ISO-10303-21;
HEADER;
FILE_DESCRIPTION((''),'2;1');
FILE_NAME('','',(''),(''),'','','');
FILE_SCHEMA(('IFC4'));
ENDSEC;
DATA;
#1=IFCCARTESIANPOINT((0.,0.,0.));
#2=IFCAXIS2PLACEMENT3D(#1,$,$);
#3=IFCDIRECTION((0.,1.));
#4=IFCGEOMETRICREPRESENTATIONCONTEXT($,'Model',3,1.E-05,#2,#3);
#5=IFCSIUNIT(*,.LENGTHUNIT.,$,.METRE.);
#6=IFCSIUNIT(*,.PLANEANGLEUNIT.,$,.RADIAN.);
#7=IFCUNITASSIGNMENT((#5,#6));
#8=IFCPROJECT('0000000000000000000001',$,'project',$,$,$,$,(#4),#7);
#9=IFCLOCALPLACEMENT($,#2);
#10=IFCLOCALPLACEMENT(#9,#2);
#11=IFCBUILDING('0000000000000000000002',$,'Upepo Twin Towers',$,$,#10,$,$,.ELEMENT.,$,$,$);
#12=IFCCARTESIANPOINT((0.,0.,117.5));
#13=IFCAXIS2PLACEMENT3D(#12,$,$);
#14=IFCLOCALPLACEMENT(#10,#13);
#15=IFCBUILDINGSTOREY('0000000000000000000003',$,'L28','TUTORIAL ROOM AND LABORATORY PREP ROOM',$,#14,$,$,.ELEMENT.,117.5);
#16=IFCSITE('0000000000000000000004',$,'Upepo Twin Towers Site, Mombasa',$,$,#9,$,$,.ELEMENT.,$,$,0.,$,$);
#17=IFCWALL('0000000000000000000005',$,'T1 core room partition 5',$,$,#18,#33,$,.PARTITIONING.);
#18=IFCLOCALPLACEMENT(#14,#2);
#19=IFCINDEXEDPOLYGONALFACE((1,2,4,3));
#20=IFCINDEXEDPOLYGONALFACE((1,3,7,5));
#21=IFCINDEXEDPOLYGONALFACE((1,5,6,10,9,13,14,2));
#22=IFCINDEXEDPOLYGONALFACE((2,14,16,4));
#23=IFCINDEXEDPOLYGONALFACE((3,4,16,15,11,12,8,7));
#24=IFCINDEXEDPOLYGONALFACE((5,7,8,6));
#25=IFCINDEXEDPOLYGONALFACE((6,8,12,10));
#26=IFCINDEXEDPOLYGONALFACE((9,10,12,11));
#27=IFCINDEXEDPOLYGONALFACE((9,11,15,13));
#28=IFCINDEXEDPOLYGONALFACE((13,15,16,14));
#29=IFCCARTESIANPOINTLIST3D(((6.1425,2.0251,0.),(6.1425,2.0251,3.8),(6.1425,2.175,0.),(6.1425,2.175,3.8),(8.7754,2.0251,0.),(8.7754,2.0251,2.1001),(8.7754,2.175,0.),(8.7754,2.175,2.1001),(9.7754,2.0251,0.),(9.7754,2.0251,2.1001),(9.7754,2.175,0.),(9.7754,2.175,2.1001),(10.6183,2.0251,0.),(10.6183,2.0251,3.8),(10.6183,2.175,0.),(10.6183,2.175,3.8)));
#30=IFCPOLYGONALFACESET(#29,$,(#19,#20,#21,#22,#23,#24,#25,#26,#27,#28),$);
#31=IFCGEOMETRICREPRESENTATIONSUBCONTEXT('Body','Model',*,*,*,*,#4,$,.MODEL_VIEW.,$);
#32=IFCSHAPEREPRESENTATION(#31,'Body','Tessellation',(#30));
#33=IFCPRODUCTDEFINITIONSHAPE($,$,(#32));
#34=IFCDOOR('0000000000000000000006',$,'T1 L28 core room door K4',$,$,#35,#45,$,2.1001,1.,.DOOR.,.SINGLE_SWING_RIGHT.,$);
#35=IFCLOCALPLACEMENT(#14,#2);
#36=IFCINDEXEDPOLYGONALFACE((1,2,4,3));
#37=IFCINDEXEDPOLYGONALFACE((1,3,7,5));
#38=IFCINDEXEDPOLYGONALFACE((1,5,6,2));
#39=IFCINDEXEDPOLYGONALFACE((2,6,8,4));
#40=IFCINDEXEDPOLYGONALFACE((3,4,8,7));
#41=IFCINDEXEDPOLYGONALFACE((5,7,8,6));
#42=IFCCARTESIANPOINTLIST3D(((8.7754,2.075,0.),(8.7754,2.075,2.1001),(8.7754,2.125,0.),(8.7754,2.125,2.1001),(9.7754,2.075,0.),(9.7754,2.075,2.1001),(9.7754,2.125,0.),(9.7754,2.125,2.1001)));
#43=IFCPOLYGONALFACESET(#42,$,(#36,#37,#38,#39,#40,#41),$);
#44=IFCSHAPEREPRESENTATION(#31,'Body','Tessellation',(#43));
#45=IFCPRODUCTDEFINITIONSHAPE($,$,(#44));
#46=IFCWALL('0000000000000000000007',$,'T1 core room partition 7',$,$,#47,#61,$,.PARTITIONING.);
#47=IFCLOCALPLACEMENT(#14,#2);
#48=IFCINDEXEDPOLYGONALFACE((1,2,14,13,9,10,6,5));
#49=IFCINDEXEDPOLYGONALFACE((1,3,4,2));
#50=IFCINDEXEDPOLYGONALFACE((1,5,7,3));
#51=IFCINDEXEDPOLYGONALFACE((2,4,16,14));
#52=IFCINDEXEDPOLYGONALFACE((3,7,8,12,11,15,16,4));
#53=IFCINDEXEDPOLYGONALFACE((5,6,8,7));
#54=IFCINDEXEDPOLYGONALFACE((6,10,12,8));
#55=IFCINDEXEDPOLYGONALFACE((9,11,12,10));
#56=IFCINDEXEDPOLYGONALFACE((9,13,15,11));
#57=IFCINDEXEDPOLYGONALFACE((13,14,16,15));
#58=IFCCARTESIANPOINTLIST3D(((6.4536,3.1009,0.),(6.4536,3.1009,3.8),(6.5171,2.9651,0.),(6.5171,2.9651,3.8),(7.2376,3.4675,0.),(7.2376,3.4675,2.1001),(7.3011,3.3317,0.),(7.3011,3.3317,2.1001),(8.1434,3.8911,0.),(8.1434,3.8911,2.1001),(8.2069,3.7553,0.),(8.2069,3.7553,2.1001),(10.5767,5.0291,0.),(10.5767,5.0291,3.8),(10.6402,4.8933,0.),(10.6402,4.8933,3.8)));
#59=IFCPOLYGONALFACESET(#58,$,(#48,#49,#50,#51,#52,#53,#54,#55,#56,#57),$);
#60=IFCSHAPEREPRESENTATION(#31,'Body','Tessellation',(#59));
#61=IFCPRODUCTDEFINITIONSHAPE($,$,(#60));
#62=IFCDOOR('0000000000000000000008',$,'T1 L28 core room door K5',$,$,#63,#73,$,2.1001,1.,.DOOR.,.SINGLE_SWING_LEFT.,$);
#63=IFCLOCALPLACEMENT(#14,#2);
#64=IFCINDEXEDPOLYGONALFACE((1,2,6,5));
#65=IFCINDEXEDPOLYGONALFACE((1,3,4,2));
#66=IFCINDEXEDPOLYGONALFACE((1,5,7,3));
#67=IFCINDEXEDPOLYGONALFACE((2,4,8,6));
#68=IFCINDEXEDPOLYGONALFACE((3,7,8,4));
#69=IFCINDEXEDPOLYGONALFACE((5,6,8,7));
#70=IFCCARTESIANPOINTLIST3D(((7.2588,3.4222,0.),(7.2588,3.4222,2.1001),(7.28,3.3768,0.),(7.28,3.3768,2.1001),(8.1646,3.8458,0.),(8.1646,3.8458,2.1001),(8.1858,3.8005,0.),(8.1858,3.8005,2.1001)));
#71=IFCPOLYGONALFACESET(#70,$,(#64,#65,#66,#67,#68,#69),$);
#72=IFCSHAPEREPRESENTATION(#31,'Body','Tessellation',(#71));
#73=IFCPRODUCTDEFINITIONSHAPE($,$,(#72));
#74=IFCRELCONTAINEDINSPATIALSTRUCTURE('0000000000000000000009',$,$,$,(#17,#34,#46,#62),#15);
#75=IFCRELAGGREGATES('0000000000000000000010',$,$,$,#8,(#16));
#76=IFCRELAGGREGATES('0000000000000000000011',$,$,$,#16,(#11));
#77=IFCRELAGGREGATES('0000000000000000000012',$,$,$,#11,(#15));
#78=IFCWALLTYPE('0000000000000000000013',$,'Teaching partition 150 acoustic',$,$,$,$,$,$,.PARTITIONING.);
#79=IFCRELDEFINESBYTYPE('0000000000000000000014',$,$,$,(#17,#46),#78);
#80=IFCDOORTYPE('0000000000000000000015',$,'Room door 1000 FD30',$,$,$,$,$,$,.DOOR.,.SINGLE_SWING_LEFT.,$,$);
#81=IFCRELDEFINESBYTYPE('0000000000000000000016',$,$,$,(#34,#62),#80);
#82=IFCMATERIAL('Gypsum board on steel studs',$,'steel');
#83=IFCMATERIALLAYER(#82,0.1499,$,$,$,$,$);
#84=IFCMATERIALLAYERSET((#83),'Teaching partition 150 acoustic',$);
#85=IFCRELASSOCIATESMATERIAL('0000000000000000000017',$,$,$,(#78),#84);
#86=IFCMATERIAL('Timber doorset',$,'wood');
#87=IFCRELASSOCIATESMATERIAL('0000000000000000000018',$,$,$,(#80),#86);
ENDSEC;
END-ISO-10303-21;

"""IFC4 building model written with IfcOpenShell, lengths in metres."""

from ifc_helpers import new_model, si_unit, direction, frame, frame_2d, origin, place, context, subcontext, project, spatial, rectangle, extrude, material, layer, layer_set, type_object, element, fill, save


model = new_model("IFC4")

# Units and contexts
model_context = context("Model", 3, precision=1e-05, world=origin(), true_north=direction((0.0, 1.0)))
body_context = subcontext(model_context, "Body", "Model", "MODEL_VIEW")
ifc_project = project(units=[si_unit("LENGTHUNIT", "METRE"), si_unit("PLANEANGLEUNIT", "RADIAN")], contexts=[model_context])

# Site, building, storey
site_placement = place(None, origin())
site = spatial("IfcSite", under=ifc_project, at=site_placement, Name="Upepo Twin Towers Site, Mombasa", CompositionType="ELEMENT", RefElevation=0.0)
building_placement = place(site_placement, origin())
building = spatial("IfcBuilding", under=site, at=building_placement, Name="Upepo Twin Towers", CompositionType="ELEMENT")
storey_placement = place(building_placement, frame((0.0, 0.0, 117.5)))
storey = spatial("IfcBuildingStorey", under=building, at=storey_placement, Name="L28", Description="TUTORIAL ROOM AND LABORATORY PREP ROOM", CompositionType="ELEMENT", Elevation=117.5)

# Walls, openings, doors
ifc_material_1 = material(Name="Gypsum board on steel studs", Category="steel")
ifc_layer_1 = layer(ifc_material_1, 0.1499)
ifc_layer_set_1 = layer_set([ifc_layer_1], Name="Teaching partition 150 acoustic")
wall_type_1 = type_object("IfcWallType", Name="Teaching partition 150 acoustic", PredefinedType="PARTITIONING", material=ifc_layer_set_1)
ifc_material_2 = material(Name="Timber doorset", Category="wood")
door_type_1 = type_object("IfcDoorType", Name="Room door 1000 FD30", OperationType="SINGLE_SWING_LEFT", PredefinedType="DOOR", material=ifc_material_2)
wall_1_placement = place(storey_placement, frame((6.1426, 2.1001, 0.0), z_axis=(0.0, 0.0, 1.0), x_axis=(1.0, 0.0, 0.0)))
wall_1 = element("IfcWall", 1, at=wall_1_placement, inside=storey, type_object=wall_type_1, Name="T1 core room partition 5", PredefinedType="PARTITIONING", context=body_context, shape_type="SweptSolid", body=[
    extrude(rectangle(XDim=4.4758, YDim=0.1499, at=frame_2d((2.2378, 0.0))), origin(), (0.0, 0.0, 1.0), 3.8),
])
opening_1_placement = place(wall_1_placement, frame((2.6328, 0.0, 0.0)))
opening_1 = element("IfcOpeningElement", 2, at=opening_1_placement, cuts=wall_1, PredefinedType="OPENING", context=body_context, shape_type="SweptSolid", body=[
    extrude(rectangle(XDim=1.0, YDim=2.1001, at=frame_2d((0.5, 1.05))), frame((0.0, 0.085, 0.0), z_axis=(0.0, -1.0, 0.0), x_axis=(1.0, 0.0, 0.0)), (0.0, 0.0, 1.0), 0.1699),
])
door_1_placement = place(opening_1_placement, origin())
door_1 = element("IfcDoor", 3, at=door_1_placement, inside=storey, type_object=door_type_1, Name="T1 L28 core room door K4", OperationType="SINGLE_SWING_RIGHT", OverallHeight=2.1001, OverallWidth=1.0, PredefinedType="DOOR", context=body_context, shape_type="SweptSolid", body=[
    extrude(rectangle(XDim=1.0, YDim=2.1001, at=frame_2d((0.5, 1.05))), frame((0.0, 0.0249, 0.0), z_axis=(0.0, -1.0, 0.0), x_axis=(1.0, 0.0, 0.0)), (0.0, 0.0, 1.0), 0.05),
])
fill(opening_1, door_1)
wall_2_placement = place(storey_placement, frame((6.4854, 3.033, 0.0), z_axis=(0.0, 0.0, 1.0), x_axis=(0.905835, 0.423631, 0.0)))
wall_2 = element("IfcWall", 4, at=wall_2_placement, inside=storey, type_object=wall_type_1, Name="T1 core room partition 7", PredefinedType="PARTITIONING", context=body_context, shape_type="SweptSolid", body=[
    extrude(rectangle(XDim=4.5518, YDim=0.1499, at=frame_2d((2.2759, 0.0))), origin(), (0.0, 0.0, 1.0), 3.8),
])
opening_2_placement = place(wall_2_placement, frame((0.8655, 0.0, 0.0)))
opening_2 = element("IfcOpeningElement", 5, at=opening_2_placement, cuts=wall_2, PredefinedType="OPENING", context=body_context, shape_type="SweptSolid", body=[
    extrude(rectangle(XDim=1.0, YDim=2.1001, at=frame_2d((0.5, 1.05))), frame((0.0, 0.085, 0.0), z_axis=(0.0, -1.0, 0.0), x_axis=(1.0, 0.0, 0.0)), (0.0, 0.0, 1.0), 0.1699),
])
door_2_placement = place(opening_2_placement, origin())
door_2 = element("IfcDoor", 6, at=door_2_placement, inside=storey, type_object=door_type_1, Name="T1 L28 core room door K5", OperationType="SINGLE_SWING_LEFT", OverallHeight=2.1001, OverallWidth=1.0, PredefinedType="DOOR", context=body_context, shape_type="SweptSolid", body=[
    extrude(rectangle(XDim=1.0, YDim=2.1001, at=frame_2d((0.5, 1.05))), frame((0.0, 0.0249, 0.0), z_axis=(0.0, -1.0, 0.0), x_axis=(1.0, 0.0, 0.0)), (0.0, 0.0, 1.0), 0.05),
])
fill(opening_2, door_2)

save(model, "model.ifc")
